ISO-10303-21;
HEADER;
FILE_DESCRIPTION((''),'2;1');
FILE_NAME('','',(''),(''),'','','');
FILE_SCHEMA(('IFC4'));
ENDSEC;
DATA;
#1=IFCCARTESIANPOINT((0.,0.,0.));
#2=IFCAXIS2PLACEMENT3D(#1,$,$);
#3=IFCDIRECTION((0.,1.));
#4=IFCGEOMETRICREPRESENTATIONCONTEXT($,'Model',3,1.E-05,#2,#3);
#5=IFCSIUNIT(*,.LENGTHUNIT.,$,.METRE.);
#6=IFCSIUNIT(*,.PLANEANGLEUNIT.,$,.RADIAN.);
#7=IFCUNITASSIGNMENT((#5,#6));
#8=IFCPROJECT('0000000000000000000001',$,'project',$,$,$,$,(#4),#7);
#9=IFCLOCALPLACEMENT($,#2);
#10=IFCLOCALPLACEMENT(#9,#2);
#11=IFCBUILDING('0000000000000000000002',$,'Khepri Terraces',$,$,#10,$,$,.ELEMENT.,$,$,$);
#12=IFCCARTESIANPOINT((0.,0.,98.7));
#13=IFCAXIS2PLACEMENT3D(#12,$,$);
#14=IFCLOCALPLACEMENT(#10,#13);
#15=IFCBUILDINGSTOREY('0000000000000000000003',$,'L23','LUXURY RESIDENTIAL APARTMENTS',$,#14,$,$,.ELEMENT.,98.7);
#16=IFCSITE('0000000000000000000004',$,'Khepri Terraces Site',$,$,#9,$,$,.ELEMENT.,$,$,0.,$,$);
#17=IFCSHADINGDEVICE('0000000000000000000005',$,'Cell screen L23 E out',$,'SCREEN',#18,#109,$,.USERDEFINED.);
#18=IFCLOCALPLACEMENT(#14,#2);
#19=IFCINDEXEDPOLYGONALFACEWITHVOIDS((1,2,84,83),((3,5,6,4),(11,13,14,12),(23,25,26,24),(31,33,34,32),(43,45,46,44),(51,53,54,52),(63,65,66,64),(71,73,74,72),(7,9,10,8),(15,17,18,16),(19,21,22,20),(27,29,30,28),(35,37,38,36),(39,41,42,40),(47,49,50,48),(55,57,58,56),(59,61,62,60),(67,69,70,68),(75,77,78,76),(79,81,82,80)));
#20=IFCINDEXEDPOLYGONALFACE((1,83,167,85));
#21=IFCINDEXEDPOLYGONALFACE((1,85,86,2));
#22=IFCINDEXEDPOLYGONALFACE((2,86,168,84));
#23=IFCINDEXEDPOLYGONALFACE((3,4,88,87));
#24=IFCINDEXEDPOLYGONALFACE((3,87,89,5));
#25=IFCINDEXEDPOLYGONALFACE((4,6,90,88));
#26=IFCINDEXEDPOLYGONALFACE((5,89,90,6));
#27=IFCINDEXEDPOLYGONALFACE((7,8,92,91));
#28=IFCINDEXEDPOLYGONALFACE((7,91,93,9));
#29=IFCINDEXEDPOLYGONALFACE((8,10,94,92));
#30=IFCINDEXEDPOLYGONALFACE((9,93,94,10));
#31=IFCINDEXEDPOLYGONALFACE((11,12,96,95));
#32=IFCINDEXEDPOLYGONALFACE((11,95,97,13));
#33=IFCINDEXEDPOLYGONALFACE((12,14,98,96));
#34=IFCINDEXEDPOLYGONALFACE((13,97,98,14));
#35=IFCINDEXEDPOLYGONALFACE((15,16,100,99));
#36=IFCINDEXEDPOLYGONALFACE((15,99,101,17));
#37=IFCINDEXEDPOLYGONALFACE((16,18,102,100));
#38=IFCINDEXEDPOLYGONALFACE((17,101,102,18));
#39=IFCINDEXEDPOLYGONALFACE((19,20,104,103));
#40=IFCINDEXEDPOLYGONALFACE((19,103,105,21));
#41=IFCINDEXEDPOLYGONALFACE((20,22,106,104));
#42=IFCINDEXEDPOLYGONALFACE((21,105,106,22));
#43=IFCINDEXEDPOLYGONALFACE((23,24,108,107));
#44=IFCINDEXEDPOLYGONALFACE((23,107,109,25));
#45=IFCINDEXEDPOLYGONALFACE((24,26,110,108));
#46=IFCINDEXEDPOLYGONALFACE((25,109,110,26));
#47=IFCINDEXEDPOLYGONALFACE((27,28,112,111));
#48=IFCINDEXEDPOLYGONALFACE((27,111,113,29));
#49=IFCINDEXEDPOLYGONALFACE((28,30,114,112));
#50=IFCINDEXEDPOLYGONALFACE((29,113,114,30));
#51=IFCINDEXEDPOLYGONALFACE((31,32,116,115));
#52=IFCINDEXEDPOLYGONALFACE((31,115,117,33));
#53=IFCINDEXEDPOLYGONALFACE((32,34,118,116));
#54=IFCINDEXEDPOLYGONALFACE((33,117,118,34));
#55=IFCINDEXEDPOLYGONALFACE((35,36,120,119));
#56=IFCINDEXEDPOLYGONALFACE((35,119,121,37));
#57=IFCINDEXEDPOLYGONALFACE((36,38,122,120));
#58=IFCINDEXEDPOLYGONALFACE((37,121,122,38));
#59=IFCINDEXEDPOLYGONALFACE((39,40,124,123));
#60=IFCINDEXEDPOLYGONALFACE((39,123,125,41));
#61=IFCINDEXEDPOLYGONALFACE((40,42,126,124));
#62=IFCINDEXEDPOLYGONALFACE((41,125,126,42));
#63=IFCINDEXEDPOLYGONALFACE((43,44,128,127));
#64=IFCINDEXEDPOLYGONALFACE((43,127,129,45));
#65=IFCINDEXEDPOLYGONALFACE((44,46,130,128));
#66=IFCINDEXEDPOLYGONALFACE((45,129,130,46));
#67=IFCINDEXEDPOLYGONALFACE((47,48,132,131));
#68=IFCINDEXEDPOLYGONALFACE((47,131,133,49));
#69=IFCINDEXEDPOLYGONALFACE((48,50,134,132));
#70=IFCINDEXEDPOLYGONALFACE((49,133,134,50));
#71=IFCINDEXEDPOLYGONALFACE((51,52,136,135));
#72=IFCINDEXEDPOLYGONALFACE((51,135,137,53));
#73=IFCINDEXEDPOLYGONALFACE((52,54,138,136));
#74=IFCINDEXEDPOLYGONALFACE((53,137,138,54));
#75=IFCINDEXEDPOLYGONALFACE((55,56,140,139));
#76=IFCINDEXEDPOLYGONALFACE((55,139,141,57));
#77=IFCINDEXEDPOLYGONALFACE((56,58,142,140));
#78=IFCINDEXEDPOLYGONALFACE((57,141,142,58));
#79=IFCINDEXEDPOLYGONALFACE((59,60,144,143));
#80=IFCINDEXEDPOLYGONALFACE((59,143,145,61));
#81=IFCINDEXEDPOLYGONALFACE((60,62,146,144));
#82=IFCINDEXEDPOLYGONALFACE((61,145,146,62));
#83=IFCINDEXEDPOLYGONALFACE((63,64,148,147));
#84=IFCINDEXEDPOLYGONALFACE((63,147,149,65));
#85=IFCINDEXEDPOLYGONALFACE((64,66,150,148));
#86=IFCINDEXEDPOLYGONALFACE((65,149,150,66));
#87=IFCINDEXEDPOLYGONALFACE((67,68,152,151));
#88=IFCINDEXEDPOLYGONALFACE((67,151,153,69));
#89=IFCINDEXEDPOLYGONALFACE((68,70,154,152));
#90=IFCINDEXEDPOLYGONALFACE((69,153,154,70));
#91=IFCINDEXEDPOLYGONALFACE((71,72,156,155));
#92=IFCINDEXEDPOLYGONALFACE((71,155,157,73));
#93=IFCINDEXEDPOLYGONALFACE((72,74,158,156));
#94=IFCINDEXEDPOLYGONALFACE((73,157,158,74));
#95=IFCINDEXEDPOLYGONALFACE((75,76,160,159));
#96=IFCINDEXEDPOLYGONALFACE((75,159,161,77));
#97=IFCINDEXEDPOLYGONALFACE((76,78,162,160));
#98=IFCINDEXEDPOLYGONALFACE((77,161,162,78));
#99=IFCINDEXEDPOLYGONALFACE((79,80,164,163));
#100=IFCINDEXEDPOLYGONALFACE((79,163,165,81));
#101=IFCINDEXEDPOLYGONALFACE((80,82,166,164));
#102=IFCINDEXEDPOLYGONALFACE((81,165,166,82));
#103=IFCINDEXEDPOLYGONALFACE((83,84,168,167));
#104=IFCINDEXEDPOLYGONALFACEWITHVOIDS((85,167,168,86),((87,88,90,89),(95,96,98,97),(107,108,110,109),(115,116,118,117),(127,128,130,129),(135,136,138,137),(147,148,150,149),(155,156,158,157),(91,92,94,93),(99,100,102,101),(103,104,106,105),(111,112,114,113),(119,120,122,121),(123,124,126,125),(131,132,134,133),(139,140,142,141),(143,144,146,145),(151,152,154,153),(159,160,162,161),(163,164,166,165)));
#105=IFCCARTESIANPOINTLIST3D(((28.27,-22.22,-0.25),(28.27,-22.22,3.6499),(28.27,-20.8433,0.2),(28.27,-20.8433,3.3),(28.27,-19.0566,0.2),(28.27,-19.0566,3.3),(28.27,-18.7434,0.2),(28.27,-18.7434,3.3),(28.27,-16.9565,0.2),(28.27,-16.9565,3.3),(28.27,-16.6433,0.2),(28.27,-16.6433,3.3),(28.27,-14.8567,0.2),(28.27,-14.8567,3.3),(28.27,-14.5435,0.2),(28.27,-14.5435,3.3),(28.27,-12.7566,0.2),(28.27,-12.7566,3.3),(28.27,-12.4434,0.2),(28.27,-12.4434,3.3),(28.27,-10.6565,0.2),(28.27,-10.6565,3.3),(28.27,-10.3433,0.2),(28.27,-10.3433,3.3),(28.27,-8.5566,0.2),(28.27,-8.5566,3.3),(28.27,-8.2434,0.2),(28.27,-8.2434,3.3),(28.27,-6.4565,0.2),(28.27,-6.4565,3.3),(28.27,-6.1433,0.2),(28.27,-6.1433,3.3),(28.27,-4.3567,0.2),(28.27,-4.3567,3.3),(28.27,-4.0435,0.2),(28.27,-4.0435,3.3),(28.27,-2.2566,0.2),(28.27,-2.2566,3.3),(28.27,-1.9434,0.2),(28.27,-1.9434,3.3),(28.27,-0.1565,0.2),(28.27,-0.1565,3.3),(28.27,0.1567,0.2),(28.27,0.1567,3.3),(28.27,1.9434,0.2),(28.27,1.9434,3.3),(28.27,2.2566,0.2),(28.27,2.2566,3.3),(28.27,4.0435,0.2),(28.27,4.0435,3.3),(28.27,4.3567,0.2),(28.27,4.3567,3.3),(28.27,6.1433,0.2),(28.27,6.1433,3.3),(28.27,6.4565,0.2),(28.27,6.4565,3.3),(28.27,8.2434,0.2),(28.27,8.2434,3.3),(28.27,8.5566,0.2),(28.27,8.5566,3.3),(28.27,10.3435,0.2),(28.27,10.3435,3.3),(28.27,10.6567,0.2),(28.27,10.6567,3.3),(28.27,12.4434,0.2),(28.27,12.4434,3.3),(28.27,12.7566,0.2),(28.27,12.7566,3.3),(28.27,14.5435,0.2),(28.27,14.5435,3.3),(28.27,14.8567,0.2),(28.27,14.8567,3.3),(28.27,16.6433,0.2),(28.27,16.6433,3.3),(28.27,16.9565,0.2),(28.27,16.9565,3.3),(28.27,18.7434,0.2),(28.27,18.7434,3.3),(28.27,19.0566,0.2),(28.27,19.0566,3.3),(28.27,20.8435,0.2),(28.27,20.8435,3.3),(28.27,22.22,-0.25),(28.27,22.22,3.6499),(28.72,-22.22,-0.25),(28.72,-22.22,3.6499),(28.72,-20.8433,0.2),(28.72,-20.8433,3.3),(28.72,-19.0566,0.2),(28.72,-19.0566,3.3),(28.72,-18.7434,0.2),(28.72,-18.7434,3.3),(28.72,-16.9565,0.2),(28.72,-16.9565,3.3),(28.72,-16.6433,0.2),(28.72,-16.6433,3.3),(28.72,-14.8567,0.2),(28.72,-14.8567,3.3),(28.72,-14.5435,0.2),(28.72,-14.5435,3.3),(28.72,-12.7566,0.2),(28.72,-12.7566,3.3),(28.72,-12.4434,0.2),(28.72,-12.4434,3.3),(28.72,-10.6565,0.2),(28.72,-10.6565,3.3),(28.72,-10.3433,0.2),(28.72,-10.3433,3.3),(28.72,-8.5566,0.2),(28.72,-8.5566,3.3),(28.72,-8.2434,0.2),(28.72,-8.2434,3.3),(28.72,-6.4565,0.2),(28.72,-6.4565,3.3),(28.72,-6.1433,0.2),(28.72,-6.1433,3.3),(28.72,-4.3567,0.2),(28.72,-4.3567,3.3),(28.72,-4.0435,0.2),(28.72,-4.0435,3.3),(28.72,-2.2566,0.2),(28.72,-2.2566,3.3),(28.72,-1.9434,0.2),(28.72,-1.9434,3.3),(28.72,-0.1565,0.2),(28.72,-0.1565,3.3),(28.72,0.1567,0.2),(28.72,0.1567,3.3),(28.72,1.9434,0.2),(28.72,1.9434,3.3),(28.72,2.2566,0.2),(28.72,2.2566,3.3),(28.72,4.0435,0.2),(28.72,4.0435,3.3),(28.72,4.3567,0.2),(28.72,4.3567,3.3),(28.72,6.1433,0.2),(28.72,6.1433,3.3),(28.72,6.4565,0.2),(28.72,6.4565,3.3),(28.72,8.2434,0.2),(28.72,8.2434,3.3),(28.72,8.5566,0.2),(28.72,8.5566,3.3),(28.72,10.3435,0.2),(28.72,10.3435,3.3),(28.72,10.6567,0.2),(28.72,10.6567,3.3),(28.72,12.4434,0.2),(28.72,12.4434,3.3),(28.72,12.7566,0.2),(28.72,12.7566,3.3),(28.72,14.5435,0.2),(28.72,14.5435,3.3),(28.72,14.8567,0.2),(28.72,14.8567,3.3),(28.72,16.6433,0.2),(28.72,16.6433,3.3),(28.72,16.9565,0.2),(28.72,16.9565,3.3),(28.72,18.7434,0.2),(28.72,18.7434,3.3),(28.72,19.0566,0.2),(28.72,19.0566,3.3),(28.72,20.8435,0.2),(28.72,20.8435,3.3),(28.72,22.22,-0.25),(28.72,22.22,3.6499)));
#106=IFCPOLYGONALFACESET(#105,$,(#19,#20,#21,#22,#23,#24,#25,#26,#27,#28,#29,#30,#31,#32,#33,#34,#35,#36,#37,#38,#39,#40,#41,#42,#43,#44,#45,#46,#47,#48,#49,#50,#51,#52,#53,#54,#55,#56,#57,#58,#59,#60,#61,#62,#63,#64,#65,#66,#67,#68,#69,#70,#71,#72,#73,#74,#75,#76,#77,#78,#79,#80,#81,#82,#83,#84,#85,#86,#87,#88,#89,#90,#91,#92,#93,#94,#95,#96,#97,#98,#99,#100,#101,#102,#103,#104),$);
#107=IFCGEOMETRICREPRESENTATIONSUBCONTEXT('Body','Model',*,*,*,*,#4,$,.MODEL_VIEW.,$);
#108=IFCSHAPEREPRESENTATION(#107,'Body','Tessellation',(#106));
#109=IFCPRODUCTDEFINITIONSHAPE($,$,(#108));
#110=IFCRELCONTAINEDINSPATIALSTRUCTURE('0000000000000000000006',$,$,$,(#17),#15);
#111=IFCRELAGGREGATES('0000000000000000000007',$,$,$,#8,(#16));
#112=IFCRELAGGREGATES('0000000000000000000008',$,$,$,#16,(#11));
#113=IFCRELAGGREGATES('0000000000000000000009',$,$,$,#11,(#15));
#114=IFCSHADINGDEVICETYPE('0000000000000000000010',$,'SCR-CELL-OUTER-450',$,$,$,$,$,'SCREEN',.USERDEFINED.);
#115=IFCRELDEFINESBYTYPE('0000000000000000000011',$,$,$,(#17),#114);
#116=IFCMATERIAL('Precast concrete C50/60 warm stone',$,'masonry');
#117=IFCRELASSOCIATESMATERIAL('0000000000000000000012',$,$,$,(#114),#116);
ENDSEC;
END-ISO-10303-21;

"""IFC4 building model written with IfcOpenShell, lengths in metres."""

from ifc_helpers import new_model, si_unit, direction, frame, origin, place, context, subcontext, project, spatial, polyline, outline, extrude, material, type_object, element, save


model = new_model("IFC4")

# Units and contexts
model_context = context("Model", 3, precision=1e-05, world=origin(), true_north=direction((0.0, 1.0)))
body_context = subcontext(model_context, "Body", "Model", "MODEL_VIEW")
ifc_project = project(units=[si_unit("LENGTHUNIT", "METRE"), si_unit("PLANEANGLEUNIT", "RADIAN")], contexts=[model_context])

# Site, building, storey
site_placement = place(None, origin())
site = spatial("IfcSite", under=ifc_project, at=site_placement, Name="Khepri Terraces Site", CompositionType="ELEMENT", RefElevation=0.0)
building_placement = place(site_placement, origin())
building = spatial("IfcBuilding", under=site, at=building_placement, Name="Khepri Terraces", CompositionType="ELEMENT")
storey_placement = place(building_placement, frame((0.0, 0.0, 98.7)))
storey = spatial("IfcBuildingStorey", under=building, at=storey_placement, Name="L23", Description="LUXURY RESIDENTIAL APARTMENTS", CompositionType="ELEMENT", Elevation=98.7)

# Shared definitions
ifc_material_1 = material(Name="Precast concrete C50/60 warm stone", Category="masonry")

# Shading device
shading_device_type_1 = type_object("IfcShadingDeviceType", Name="SCR-CELL-OUTER-450", ElementType="SCREEN", PredefinedType="USERDEFINED", material=ifc_material_1)
shading_device_1_placement = place(storey_placement, frame((28.27, -22.22, -0.25), z_axis=(1.0, 0.0, 0.0), x_axis=(0.0, 1.0, 0.0)))
element("IfcShadingDevice", 1, at=shading_device_1_placement, inside=storey, type_object=shading_device_type_1, Name="Cell screen L23 E out", ObjectType="SCREEN", PredefinedType="USERDEFINED", context=body_context, shape_type="SweptSolid", body=[
    extrude(outline(polyline([(0.0, 0.0), (44.4399, 0.0), (44.4399, 3.8999), (0.0, 3.8999), (0.0, 0.0)]), holes=[polyline([(1.3767, 0.45), (3.1633, 0.45), (3.1633, 3.55), (1.3767, 3.55), (1.3767, 0.45)]), polyline([(3.4766, 0.45), (5.2634, 0.45), (5.2634, 3.55), (3.4766, 3.55), (3.4766, 0.45)]), polyline([(5.5767, 0.45), (7.3633, 0.45), (7.3633, 3.55), (5.5767, 3.55), (5.5767, 0.45)]), polyline([(7.6765, 0.45), (9.4634, 0.45), (9.4634, 3.55), (7.6765, 3.55), (7.6765, 0.45)]), polyline([(9.7766, 0.45), (11.5635, 0.45), (11.5635, 3.55), (9.7766, 3.55), (9.7766, 0.45)]), polyline([(11.8767, 0.45), (13.6633, 0.45), (13.6633, 3.55), (11.8767, 3.55), (11.8767, 0.45)]), polyline([(13.9766, 0.45), (15.7634, 0.45), (15.7634, 3.55), (13.9766, 3.55), (13.9766, 0.45)]), polyline([(16.0767, 0.45), (17.8633, 0.45), (17.8633, 3.55), (16.0767, 3.55), (16.0767, 0.45)]), polyline([(18.1765, 0.45), (19.9634, 0.45), (19.9634, 3.55), (18.1765, 3.55), (18.1765, 0.45)]), polyline([(20.2766, 0.45), (22.0635, 0.45), (22.0635, 3.55), (20.2766, 3.55), (20.2766, 0.45)]), polyline([(22.3767, 0.45), (24.1633, 0.45), (24.1633, 3.55), (22.3767, 3.55), (22.3767, 0.45)]), polyline([(24.4766, 0.45), (26.2634, 0.45), (26.2634, 3.55), (24.4766, 3.55), (24.4766, 0.45)]), polyline([(26.5767, 0.45), (28.3633, 0.45), (28.3633, 3.55), (26.5767, 3.55), (26.5767, 0.45)]), polyline([(28.6765, 0.45), (30.4634, 0.45), (30.4634, 3.55), (28.6765, 3.55), (28.6765, 0.45)]), polyline([(30.7766, 0.45), (32.5635, 0.45), (32.5635, 3.55), (30.7766, 3.55), (30.7766, 0.45)]), polyline([(32.8767, 0.45), (34.6633, 0.45), (34.6633, 3.55), (32.8767, 3.55), (32.8767, 0.45)]), polyline([(34.9766, 0.45), (36.7634, 0.45), (36.7634, 3.55), (34.9766, 3.55), (34.9766, 0.45)]), polyline([(37.0767, 0.45), (38.8633, 0.45), (38.8633, 3.55), (37.0767, 3.55), (37.0767, 0.45)]), polyline([(39.1765, 0.45), (40.9634, 0.45), (40.9634, 3.55), (39.1765, 3.55), (39.1765, 0.45)]), polyline([(41.2766, 0.45), (43.0635, 0.45), (43.0635, 3.55), (41.2766, 3.55), (41.2766, 0.45)])]), origin(), (0.0, 0.0, 1.0), 0.45),
])

save(model, "model.ifc")
